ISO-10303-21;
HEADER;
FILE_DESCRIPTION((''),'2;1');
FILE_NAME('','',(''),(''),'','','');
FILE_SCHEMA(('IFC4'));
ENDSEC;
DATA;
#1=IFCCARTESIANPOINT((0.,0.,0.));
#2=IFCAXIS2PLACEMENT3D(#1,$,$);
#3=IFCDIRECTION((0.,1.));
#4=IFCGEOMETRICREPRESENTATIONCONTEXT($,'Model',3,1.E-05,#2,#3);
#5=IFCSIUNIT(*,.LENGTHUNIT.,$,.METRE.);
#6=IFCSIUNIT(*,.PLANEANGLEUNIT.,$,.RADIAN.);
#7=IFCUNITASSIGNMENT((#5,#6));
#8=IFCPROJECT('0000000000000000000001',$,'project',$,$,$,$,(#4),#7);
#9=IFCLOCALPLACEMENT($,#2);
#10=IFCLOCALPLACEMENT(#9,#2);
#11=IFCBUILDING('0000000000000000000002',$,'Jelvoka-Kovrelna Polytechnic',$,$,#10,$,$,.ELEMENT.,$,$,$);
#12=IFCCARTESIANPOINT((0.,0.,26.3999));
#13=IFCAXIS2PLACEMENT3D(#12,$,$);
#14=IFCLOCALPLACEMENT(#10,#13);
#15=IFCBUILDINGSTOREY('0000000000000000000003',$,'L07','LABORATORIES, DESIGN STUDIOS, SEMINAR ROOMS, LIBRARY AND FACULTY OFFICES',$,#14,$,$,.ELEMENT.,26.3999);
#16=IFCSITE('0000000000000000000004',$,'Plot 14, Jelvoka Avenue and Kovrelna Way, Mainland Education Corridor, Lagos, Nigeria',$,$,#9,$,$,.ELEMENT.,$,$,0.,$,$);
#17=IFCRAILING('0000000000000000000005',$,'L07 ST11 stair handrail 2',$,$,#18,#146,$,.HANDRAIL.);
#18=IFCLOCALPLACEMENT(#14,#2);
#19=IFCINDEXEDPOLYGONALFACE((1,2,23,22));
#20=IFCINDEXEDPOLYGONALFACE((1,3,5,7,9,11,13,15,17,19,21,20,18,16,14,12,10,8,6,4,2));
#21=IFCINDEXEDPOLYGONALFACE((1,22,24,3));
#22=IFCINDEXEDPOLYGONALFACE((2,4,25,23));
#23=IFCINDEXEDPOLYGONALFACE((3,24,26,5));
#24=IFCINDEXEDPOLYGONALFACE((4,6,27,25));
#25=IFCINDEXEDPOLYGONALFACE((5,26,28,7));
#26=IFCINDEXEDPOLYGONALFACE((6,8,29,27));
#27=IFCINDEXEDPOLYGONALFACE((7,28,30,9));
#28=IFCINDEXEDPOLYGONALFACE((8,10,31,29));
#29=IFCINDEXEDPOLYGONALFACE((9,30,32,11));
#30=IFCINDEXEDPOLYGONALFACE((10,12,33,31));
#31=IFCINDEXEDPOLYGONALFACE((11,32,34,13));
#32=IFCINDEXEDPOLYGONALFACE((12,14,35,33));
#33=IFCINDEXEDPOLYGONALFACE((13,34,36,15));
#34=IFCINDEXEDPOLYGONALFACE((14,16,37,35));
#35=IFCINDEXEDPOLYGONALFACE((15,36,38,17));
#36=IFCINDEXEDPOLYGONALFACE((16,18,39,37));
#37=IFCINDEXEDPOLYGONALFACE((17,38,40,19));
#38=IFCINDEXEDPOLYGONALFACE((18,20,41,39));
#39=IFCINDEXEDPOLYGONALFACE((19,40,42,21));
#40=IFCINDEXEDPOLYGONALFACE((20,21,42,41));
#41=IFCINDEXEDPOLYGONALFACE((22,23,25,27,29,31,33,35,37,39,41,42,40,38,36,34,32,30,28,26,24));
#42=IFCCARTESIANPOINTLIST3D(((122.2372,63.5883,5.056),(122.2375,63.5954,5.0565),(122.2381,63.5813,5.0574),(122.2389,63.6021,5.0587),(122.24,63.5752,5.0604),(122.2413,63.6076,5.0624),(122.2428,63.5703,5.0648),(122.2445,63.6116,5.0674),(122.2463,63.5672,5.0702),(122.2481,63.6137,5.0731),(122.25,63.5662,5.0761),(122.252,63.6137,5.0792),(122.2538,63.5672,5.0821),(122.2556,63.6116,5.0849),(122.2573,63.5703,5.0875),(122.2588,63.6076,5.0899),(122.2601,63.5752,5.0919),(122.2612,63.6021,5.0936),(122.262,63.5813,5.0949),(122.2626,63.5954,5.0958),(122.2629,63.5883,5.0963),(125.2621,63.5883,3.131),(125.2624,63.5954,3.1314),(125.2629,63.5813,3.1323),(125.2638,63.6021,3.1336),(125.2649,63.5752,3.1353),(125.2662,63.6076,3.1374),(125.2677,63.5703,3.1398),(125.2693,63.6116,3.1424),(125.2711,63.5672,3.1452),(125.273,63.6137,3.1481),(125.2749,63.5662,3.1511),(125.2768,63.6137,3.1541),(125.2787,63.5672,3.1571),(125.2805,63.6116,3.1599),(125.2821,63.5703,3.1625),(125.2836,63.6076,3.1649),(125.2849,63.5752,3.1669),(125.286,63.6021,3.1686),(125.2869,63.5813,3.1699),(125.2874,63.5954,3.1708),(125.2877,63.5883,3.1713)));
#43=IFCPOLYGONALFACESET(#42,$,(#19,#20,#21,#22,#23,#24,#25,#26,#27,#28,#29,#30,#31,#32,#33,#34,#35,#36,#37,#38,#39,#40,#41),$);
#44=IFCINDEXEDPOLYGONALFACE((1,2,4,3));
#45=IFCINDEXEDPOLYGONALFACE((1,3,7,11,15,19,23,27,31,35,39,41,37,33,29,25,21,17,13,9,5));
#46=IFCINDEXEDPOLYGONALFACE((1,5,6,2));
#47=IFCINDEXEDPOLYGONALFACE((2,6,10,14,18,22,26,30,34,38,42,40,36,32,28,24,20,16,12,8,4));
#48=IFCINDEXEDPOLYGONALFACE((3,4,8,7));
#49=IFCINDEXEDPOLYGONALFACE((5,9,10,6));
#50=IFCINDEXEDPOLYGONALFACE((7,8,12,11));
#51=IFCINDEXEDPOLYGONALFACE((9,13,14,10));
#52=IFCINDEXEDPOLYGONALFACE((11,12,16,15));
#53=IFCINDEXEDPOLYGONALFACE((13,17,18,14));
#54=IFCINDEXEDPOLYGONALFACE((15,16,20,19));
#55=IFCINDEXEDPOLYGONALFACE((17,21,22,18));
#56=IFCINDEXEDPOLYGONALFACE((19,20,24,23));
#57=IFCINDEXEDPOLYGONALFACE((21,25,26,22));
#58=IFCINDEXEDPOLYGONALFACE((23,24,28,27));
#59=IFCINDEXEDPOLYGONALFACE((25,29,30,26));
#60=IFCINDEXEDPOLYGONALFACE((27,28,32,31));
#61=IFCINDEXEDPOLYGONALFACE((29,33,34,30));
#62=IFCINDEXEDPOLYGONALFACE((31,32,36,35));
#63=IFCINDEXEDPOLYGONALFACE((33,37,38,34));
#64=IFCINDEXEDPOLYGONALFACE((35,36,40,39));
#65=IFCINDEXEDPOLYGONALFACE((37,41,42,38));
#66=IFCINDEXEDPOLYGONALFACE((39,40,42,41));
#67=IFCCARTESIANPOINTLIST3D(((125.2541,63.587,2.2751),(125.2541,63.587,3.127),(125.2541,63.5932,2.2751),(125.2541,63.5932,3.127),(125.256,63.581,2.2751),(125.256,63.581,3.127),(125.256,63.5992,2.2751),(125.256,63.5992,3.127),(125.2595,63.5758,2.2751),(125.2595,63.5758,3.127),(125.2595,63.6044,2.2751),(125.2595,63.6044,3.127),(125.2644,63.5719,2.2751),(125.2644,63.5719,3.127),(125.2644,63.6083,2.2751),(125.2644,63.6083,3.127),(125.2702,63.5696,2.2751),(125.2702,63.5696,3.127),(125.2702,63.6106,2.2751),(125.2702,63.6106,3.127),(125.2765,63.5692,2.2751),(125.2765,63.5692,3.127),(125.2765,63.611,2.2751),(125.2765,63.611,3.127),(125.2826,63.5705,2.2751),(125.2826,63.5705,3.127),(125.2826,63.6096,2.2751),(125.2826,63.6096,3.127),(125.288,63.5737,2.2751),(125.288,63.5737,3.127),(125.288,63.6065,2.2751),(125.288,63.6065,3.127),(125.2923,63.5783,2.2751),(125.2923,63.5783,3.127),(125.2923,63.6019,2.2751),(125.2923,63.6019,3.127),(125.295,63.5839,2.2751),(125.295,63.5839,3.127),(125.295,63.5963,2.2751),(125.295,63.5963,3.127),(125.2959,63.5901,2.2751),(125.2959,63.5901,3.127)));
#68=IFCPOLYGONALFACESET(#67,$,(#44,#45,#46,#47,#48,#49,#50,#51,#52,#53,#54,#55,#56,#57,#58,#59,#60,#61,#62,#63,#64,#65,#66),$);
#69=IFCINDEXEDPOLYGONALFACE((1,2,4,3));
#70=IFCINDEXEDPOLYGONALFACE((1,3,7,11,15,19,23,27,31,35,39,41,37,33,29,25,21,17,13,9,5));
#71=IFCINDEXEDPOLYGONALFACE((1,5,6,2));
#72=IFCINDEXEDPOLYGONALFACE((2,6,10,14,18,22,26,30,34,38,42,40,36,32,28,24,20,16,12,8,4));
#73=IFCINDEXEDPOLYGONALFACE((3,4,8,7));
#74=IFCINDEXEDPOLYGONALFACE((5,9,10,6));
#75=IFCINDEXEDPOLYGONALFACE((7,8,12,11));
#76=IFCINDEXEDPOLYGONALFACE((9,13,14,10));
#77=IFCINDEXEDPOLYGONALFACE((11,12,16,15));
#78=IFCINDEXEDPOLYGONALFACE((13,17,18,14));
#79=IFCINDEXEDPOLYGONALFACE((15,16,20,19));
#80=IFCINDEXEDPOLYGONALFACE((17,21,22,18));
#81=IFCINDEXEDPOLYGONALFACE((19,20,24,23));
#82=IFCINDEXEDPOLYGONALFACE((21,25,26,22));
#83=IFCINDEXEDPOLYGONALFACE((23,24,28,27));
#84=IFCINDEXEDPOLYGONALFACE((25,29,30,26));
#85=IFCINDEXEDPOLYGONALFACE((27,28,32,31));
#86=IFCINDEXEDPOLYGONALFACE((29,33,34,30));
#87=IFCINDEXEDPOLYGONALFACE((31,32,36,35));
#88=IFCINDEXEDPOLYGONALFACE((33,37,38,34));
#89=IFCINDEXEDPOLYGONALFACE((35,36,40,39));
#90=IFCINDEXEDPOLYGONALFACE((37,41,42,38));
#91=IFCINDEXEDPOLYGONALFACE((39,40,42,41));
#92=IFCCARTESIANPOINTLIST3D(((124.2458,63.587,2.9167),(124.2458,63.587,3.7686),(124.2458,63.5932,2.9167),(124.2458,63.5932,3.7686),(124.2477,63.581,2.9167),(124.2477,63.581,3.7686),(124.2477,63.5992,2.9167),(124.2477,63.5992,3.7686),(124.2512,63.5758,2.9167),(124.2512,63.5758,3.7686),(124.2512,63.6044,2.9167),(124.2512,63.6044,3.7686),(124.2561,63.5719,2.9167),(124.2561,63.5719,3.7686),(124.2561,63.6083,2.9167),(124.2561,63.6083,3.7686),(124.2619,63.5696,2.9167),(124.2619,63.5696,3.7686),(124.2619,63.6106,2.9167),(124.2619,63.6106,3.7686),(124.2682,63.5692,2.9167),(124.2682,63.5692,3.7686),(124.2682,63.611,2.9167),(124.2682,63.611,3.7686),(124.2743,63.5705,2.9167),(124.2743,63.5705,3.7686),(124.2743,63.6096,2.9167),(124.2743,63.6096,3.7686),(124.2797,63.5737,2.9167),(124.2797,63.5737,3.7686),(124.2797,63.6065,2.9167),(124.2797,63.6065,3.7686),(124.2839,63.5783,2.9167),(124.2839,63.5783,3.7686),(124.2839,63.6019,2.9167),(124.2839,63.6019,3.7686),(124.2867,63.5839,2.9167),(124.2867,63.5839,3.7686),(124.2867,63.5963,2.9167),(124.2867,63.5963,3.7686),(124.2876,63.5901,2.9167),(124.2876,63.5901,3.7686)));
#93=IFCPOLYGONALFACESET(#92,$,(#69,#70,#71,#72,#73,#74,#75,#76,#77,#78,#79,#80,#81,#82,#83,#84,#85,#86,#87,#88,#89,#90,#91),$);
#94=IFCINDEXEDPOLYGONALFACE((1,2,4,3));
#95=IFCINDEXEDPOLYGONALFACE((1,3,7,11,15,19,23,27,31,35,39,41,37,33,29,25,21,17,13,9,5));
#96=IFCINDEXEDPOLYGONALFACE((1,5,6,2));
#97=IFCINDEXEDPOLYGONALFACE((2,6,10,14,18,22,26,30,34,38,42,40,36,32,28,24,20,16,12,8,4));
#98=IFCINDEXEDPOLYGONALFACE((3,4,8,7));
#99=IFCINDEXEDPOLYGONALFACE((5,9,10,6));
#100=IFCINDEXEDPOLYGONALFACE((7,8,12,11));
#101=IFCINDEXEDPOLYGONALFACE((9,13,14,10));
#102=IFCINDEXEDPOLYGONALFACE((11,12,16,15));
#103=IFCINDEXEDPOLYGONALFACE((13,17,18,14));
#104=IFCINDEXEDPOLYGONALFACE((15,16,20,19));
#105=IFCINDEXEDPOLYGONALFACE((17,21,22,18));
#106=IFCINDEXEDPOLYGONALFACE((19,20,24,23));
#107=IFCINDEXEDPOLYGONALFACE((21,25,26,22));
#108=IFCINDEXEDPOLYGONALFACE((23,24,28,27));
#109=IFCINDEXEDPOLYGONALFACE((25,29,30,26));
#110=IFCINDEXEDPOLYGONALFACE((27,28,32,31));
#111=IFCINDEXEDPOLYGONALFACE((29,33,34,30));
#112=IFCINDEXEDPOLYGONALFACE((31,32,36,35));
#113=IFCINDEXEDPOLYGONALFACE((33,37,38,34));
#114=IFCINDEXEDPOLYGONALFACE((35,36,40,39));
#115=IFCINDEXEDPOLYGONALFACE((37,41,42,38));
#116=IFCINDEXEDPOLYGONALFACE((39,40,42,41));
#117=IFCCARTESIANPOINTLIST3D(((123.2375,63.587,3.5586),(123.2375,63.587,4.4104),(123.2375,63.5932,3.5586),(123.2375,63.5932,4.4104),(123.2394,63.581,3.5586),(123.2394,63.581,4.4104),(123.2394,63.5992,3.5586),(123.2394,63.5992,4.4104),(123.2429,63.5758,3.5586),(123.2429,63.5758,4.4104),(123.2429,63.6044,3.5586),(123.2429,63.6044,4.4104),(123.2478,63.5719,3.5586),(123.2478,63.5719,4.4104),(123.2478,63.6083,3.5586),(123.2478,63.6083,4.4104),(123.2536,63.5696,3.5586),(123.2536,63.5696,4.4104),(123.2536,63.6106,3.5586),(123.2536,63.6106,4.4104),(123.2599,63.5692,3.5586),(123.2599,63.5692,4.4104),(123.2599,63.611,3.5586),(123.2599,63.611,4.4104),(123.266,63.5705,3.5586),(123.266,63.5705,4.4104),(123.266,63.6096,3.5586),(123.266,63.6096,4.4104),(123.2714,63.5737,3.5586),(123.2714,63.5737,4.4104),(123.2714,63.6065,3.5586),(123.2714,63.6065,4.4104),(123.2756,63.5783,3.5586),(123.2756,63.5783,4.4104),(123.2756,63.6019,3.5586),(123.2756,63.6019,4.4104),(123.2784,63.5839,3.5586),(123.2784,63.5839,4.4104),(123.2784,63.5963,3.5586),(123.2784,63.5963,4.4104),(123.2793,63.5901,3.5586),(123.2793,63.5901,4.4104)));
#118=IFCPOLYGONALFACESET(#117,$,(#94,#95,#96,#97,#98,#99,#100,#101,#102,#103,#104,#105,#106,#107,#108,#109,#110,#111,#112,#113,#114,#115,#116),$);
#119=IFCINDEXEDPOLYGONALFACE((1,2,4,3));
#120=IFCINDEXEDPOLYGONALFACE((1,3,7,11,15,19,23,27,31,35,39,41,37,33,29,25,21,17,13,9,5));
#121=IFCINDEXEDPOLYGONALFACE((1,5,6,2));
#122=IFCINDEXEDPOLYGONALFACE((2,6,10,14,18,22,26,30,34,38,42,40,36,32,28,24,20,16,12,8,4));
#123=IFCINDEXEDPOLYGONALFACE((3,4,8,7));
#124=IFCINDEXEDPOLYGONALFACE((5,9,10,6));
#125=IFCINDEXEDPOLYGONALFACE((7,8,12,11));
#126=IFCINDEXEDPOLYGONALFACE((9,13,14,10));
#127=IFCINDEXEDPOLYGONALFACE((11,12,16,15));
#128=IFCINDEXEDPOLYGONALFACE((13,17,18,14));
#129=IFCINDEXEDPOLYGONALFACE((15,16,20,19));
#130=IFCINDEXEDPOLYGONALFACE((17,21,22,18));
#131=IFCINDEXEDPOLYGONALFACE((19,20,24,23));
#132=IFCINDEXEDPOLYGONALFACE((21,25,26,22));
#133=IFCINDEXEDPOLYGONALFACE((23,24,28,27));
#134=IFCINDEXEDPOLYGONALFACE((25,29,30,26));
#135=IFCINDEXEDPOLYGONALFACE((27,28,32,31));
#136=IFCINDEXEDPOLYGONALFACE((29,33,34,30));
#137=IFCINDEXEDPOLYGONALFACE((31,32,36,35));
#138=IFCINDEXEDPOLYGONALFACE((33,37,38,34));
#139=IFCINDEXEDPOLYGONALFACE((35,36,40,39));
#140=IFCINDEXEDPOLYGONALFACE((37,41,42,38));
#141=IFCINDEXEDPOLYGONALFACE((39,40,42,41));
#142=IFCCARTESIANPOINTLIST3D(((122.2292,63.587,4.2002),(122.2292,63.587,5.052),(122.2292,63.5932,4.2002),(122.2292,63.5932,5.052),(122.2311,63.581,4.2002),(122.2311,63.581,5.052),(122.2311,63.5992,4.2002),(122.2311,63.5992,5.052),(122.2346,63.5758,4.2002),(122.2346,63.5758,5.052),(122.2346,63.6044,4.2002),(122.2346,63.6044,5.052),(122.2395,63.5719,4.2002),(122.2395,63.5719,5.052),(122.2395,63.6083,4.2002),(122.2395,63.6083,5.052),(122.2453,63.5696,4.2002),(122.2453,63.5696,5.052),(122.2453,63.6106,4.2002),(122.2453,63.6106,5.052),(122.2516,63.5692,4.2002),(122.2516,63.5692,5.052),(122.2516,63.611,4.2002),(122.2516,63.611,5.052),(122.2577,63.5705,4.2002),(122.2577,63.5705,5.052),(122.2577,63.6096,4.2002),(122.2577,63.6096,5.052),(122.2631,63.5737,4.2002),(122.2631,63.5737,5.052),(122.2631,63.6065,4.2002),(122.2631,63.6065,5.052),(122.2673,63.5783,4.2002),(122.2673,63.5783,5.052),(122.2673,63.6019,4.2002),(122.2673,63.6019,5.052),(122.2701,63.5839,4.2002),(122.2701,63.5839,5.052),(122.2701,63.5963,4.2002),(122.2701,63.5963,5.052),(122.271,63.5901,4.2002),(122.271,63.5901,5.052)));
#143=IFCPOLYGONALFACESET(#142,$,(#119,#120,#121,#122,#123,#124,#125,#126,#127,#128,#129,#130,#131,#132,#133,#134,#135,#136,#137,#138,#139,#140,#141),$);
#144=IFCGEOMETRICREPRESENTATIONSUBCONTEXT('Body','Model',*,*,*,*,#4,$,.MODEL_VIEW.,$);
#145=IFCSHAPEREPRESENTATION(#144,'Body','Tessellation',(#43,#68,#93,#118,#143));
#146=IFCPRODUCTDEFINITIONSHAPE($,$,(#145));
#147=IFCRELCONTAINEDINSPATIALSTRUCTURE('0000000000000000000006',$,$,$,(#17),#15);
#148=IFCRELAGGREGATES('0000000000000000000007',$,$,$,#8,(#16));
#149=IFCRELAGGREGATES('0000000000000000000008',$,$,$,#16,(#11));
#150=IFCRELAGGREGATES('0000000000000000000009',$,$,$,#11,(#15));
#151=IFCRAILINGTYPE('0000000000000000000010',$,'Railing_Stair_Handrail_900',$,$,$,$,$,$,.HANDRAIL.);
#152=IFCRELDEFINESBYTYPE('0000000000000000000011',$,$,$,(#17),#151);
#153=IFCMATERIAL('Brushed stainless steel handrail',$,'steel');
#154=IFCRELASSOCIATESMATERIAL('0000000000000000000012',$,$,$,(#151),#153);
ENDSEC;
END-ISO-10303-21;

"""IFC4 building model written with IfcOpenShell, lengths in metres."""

from ifc_helpers import new_model, si_unit, direction, frame, origin, origin_2d, place, context, subcontext, project, spatial, circle, extrude, material, type_object, element, save


model = new_model("IFC4")

# Units and contexts
model_context = context("Model", 3, precision=1e-05, world=origin(), true_north=direction((0.0, 1.0)))
body_context = subcontext(model_context, "Body", "Model", "MODEL_VIEW")
ifc_project = project(units=[si_unit("LENGTHUNIT", "METRE"), si_unit("PLANEANGLEUNIT", "RADIAN")], contexts=[model_context])

# Site, building, storey
site_placement = place(None, origin())
site = spatial("IfcSite", under=ifc_project, at=site_placement, Name="Plot 14, Jelvoka Avenue and Kovrelna Way, Mainland Education Corridor, Lagos, Nigeria", CompositionType="ELEMENT", RefElevation=0.0)
building_placement = place(site_placement, origin())
building = spatial("IfcBuilding", under=site, at=building_placement, Name="Jelvoka-Kovrelna Polytechnic", CompositionType="ELEMENT")
storey_placement = place(building_placement, frame((0.0, 0.0, 26.3999)))
storey = spatial("IfcBuildingStorey", under=building, at=storey_placement, Name="L07", Description="LABORATORIES, DESIGN STUDIOS, SEMINAR ROOMS, LIBRARY AND FACULTY OFFICES", CompositionType="ELEMENT", Elevation=26.3999)

# Railing
ifc_material_1 = material(Name="Brushed stainless steel handrail", Category="steel")
railing_type_1 = type_object("IfcRailingType", Name="Railing_Stair_Handrail_900", PredefinedType="HANDRAIL", material=ifc_material_1)
railing_1_placement = place(storey_placement, frame((125.2749, 63.5901, 2.2751)))
element("IfcRailing", 1, at=railing_1_placement, inside=storey, type_object=railing_type_1, Name="L07 ST11 stair handrail 2", PredefinedType="HANDRAIL", context=body_context, shape_type="SweptSolid", body=[
    extrude(circle(Radius=0.0239, at=origin_2d()), frame((0.0, 0.0, 0.876), z_axis=(-0.843647, 0.0, 0.536898), x_axis=(0.0, -1.0, 0.0)), (0.0, 0.0, 1.0), 3.5854),
    extrude(circle(Radius=0.021, at=origin_2d()), origin(), (0.0, 0.0, 1.0), 0.8518),
    extrude(circle(Radius=0.021, at=origin_2d()), frame((-1.0083, 0.0, 0.6416)), (0.0, 0.0, 1.0), 0.8518),
    extrude(circle(Radius=0.021, at=origin_2d()), frame((-2.0166, 0.0, 1.2834)), (0.0, 0.0, 1.0), 0.8518),
    extrude(circle(Radius=0.021, at=origin_2d()), frame((-3.0249, 0.0, 1.925)), (0.0, 0.0, 1.0), 0.8518),
])

save(model, "model.ifc")
